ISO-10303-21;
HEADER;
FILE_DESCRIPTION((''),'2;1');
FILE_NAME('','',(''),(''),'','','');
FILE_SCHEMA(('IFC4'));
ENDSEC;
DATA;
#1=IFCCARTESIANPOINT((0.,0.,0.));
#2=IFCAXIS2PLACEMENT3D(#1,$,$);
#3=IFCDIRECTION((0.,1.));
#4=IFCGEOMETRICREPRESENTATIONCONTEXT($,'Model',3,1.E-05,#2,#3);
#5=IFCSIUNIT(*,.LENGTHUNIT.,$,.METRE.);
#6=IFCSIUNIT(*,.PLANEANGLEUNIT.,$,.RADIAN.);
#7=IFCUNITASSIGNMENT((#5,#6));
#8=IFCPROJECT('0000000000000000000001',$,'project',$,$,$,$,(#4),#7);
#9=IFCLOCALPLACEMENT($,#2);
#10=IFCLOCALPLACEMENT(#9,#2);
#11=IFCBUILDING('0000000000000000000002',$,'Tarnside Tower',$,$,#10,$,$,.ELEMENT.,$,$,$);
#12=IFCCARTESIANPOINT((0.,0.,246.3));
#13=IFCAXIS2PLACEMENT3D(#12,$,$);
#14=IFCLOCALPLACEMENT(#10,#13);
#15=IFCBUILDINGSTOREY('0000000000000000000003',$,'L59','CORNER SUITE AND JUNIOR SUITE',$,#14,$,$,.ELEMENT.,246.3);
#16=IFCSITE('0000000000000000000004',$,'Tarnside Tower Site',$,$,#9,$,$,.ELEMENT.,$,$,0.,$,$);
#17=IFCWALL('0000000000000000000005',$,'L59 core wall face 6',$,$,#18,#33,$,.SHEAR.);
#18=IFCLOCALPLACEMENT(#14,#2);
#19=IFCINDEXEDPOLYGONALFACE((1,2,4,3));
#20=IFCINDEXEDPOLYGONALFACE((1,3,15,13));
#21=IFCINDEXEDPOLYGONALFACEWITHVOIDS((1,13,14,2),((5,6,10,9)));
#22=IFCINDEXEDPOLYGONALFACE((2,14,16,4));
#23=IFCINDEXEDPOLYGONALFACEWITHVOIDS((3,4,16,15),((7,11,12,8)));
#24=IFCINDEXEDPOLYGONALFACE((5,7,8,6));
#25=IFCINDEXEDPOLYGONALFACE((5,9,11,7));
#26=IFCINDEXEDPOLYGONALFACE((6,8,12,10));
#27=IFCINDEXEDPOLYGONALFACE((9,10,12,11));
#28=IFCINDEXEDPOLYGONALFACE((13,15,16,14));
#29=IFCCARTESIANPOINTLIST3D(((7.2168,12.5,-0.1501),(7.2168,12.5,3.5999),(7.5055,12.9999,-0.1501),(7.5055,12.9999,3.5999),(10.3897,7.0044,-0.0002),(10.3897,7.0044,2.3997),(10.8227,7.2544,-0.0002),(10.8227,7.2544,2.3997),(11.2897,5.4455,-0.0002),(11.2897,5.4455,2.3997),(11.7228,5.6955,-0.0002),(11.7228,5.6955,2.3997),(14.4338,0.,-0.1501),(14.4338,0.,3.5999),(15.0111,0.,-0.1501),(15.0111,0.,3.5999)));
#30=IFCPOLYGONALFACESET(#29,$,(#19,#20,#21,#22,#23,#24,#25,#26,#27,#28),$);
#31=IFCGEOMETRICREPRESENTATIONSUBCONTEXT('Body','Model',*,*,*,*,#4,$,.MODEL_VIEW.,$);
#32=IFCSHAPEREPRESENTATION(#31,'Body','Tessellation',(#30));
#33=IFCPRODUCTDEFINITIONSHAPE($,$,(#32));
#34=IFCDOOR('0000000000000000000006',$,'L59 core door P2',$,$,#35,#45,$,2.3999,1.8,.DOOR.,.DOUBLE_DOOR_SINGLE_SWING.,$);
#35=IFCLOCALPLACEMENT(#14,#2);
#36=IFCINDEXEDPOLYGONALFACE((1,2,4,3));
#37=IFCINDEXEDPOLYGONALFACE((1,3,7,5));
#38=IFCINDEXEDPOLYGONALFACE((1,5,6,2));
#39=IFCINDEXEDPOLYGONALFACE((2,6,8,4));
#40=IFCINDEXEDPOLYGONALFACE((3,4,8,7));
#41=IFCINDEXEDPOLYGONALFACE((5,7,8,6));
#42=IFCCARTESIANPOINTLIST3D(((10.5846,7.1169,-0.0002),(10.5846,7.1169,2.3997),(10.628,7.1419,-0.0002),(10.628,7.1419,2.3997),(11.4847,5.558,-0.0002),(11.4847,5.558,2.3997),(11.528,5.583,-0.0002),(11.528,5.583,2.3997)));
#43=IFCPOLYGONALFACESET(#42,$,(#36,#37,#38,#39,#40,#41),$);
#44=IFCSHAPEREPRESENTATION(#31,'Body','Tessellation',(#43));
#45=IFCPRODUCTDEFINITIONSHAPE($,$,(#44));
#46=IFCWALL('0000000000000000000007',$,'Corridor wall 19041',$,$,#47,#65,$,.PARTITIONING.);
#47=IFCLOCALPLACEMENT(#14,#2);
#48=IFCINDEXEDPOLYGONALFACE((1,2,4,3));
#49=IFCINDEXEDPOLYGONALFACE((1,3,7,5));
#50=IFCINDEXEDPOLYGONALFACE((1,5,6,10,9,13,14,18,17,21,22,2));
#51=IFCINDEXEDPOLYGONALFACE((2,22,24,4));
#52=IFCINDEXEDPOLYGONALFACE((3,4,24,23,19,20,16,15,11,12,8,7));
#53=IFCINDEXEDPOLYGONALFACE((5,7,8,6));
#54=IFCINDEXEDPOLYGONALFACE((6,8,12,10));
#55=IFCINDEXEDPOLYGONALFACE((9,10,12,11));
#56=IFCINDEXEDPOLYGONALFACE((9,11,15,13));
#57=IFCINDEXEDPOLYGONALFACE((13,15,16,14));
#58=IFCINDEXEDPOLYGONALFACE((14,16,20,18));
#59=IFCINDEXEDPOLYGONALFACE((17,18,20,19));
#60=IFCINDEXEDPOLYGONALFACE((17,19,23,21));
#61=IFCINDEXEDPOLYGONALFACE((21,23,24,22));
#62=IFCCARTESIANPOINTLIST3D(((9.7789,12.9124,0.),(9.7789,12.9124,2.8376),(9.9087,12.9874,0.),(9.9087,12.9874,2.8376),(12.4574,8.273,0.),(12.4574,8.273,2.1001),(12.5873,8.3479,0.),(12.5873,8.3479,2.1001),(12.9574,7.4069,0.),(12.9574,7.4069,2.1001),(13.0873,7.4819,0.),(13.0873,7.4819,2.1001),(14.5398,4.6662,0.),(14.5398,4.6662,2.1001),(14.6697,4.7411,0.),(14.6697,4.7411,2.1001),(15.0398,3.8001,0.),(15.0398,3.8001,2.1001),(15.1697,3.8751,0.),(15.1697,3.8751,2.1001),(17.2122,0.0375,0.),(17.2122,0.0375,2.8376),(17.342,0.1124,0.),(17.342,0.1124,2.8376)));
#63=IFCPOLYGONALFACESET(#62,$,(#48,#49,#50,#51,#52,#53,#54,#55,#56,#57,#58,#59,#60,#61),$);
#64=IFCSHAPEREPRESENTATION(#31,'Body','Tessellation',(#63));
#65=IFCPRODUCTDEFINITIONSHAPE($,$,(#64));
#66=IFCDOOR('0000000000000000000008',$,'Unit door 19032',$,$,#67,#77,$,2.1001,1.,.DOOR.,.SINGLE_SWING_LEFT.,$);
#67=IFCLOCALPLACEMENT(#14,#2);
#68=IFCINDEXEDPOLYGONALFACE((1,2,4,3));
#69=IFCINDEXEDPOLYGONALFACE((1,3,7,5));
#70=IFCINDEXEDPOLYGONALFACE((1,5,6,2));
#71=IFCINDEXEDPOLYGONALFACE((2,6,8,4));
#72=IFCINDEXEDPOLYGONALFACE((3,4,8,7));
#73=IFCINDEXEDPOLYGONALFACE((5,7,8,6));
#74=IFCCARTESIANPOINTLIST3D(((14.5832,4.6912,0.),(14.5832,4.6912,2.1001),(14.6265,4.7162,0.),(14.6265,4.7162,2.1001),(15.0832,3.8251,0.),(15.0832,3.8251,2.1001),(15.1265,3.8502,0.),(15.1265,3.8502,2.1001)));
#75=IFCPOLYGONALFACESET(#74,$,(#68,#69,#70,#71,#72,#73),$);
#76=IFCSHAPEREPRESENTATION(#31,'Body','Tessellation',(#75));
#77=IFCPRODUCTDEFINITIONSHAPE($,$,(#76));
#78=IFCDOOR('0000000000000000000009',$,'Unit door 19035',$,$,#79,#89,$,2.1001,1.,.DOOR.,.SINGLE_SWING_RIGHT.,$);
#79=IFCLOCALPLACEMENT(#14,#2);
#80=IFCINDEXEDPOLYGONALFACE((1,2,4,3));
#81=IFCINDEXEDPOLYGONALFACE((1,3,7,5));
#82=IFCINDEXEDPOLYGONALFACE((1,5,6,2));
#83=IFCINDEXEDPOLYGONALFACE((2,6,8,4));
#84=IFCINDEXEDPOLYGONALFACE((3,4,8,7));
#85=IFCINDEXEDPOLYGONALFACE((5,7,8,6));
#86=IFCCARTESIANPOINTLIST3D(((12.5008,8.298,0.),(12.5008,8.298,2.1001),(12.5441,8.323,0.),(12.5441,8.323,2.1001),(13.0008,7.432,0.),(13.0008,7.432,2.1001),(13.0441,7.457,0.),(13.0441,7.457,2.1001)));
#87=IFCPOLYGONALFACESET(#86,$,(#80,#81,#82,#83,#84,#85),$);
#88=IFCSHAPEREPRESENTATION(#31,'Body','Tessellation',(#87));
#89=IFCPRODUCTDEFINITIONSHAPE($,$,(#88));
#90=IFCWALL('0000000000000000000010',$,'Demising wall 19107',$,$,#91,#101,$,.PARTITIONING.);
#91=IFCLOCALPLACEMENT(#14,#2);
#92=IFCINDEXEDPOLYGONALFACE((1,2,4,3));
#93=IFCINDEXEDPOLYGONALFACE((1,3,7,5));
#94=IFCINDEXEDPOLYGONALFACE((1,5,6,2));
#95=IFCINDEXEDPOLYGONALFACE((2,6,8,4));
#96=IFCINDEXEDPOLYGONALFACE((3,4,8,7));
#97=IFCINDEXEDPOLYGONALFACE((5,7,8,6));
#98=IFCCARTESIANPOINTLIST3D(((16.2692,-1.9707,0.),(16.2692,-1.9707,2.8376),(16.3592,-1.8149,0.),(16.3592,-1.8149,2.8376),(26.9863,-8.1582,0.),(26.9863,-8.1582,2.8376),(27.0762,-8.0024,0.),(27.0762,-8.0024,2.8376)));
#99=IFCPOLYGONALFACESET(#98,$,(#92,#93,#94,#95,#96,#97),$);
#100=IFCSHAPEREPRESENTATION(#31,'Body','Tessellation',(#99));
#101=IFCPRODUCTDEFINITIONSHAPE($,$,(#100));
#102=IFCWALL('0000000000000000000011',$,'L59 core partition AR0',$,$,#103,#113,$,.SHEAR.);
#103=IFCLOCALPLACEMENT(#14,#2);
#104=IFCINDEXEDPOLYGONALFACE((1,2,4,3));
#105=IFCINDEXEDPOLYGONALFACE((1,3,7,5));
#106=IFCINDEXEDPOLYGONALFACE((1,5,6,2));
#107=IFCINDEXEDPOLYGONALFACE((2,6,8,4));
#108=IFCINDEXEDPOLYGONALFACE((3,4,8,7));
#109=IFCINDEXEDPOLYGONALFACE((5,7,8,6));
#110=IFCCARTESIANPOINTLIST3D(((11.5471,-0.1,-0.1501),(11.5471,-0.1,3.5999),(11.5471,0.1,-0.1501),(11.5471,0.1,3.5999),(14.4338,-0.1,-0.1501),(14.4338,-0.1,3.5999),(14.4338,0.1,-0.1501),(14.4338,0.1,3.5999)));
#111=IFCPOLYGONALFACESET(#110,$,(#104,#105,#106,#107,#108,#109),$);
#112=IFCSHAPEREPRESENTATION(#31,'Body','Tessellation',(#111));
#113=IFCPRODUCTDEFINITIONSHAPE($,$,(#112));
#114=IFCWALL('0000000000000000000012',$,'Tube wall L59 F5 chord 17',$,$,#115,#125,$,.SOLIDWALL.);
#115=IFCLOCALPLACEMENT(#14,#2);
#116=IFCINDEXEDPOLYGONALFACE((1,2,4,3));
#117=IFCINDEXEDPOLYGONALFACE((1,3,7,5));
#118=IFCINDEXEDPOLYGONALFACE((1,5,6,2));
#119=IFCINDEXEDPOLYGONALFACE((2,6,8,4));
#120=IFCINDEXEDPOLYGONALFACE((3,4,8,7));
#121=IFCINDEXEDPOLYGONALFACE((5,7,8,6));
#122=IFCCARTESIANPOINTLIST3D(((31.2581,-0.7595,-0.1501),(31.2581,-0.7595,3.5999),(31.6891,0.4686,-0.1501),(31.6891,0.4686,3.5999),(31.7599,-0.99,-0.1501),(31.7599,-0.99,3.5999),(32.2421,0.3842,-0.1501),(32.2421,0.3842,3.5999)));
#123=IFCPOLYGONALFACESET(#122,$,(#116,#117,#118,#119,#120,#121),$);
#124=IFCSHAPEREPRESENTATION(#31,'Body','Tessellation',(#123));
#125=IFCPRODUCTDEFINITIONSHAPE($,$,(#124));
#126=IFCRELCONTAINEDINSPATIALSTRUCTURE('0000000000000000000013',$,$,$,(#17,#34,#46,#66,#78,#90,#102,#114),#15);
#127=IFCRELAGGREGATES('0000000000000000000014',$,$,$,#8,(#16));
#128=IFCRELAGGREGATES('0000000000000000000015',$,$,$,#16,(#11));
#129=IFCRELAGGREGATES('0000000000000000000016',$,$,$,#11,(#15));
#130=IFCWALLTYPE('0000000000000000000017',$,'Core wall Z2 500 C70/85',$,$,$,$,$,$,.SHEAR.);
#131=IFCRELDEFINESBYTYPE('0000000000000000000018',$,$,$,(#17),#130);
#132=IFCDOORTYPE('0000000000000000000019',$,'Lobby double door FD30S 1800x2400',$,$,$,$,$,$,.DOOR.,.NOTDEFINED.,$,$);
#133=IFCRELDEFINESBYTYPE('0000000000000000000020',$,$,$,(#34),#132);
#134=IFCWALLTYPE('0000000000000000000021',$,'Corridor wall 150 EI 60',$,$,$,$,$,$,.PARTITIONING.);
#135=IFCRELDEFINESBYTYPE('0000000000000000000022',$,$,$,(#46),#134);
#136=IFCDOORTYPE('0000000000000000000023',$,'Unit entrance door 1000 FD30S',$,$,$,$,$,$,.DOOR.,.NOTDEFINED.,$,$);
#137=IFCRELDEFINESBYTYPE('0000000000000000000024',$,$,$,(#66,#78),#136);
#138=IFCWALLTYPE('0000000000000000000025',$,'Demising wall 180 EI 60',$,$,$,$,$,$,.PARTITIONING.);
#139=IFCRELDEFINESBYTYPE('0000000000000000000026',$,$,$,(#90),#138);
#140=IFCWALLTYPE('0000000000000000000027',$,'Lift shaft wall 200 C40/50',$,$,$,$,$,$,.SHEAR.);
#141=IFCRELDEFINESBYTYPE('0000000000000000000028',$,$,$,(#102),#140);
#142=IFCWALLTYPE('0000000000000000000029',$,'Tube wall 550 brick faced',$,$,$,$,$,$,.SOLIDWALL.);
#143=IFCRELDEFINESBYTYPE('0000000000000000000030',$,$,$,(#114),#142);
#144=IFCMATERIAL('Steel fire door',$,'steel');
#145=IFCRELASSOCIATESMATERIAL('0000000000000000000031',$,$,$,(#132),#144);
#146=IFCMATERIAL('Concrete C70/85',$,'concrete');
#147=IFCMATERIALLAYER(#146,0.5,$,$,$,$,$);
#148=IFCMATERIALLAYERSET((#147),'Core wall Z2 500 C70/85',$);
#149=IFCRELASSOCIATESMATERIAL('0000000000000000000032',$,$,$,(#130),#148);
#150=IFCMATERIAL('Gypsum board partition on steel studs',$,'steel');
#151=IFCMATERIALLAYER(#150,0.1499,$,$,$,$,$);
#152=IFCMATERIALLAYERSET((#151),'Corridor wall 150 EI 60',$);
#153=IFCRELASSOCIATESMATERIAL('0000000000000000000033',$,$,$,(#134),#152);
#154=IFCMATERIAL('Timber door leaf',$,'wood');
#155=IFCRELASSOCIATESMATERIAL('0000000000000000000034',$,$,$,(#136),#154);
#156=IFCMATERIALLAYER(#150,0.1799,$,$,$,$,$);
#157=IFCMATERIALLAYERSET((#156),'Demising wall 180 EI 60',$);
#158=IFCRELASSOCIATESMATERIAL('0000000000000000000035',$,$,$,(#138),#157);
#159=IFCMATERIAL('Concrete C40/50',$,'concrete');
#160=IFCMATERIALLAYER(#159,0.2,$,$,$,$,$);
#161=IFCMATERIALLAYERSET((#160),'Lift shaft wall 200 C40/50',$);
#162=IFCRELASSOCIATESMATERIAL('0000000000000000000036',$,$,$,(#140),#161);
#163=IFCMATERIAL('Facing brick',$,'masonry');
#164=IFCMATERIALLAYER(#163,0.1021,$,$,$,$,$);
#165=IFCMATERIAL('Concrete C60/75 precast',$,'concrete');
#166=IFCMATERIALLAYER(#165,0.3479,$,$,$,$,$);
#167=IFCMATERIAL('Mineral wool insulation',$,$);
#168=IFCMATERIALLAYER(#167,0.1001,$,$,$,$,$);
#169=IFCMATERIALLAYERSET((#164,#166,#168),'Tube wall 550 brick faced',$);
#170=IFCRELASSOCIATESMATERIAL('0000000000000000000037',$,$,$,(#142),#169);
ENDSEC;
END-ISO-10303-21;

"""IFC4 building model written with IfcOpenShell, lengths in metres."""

from ifc_helpers import new_model, si_unit, direction, frame, frame_2d, origin, place, context, subcontext, project, spatial, polyline, rectangle, outline, extrude, material, layer, layer_set, type_object, element, fill, save


model = new_model("IFC4")

# Units and contexts
model_context = context("Model", 3, precision=1e-05, world=origin(), true_north=direction((0.0, 1.0)))
body_context = subcontext(model_context, "Body", "Model", "MODEL_VIEW")
ifc_project = project(units=[si_unit("LENGTHUNIT", "METRE"), si_unit("PLANEANGLEUNIT", "RADIAN")], contexts=[model_context])

# Site, building, storey
site_placement = place(None, origin())
site = spatial("IfcSite", under=ifc_project, at=site_placement, Name="Tarnside Tower Site", CompositionType="ELEMENT", RefElevation=0.0)
building_placement = place(site_placement, origin())
building = spatial("IfcBuilding", under=site, at=building_placement, Name="Tarnside Tower", CompositionType="ELEMENT")
storey_placement = place(building_placement, frame((0.0, 0.0, 246.3)))
storey = spatial("IfcBuildingStorey", under=building, at=storey_placement, Name="L59", Description="CORNER SUITE AND JUNIOR SUITE", CompositionType="ELEMENT", Elevation=246.3)

# Shared definitions
ifc_material_1 = material(Name="Gypsum board partition on steel studs", Category="steel")
ifc_material_2 = material(Name="Timber door leaf", Category="wood")

# Wall, opening, door
ifc_material_3 = material(Name="Steel fire door", Category="steel")
door_type_1 = type_object("IfcDoorType", Name="Lobby double door FD30S 1800x2400", OperationType="NOTDEFINED", PredefinedType="DOOR", material=ifc_material_3)
ifc_material_4 = material(Name="Concrete C70/85", Category="concrete")
ifc_layer_1 = layer(ifc_material_4, 0.5)
ifc_layer_set_1 = layer_set([ifc_layer_1], Name="Core wall Z2 500 C70/85")
wall_type_1 = type_object("IfcWallType", Name="Core wall Z2 500 C70/85", PredefinedType="SHEAR", material=ifc_layer_set_1)
wall_1_placement = place(storey_placement, frame((14.7224, 0.0, -0.1501), z_axis=(0.0, 0.0, 1.0), x_axis=(-0.500006, 0.866022, 0.0)))
wall_1 = element("IfcWall", 1, at=wall_1_placement, inside=storey, type_object=wall_type_1, Name="L59 core wall face 6", PredefinedType="SHEAR", context=body_context, shape_type="SweptSolid", body=[
    extrude(outline(polyline([(-0.1443, -0.25), (14.8667, -0.25), (14.5781, 0.25), (0.1443, 0.25), (-0.1443, -0.25)])), origin(), (0.0, 0.0, 1.0), 3.75),
])
opening_1_placement = place(wall_1_placement, frame((6.4324, 0.0, 0.1499)))
opening_1 = element("IfcOpeningElement", 2, at=opening_1_placement, cuts=wall_1, PredefinedType="OPENING", context=body_context, shape_type="SweptSolid", body=[
    extrude(rectangle(XDim=1.8, YDim=2.3999, at=frame_2d((0.8999, 1.2))), frame((0.0, 0.26, 0.0), z_axis=(0.0, -1.0, 0.0), x_axis=(1.0, 0.0, 0.0)), (0.0, 0.0, 1.0), 0.52),
])
door_1_placement = place(opening_1_placement, origin())
door_1 = element("IfcDoor", 3, at=door_1_placement, inside=storey, type_object=door_type_1, Name="L59 core door P2", OperationType="DOUBLE_DOOR_SINGLE_SWING", OverallHeight=2.3999, OverallWidth=1.8, PredefinedType="DOOR", context=body_context, shape_type="SweptSolid", body=[
    extrude(rectangle(XDim=1.8, YDim=2.3999, at=frame_2d((0.8999, 1.2))), frame((0.0, 0.0249, 0.0), z_axis=(0.0, -1.0, 0.0), x_axis=(1.0, 0.0, 0.0)), (0.0, 0.0, 1.0), 0.05),
])
fill(opening_1, door_1)

# Wall, openings, doors
ifc_layer_2 = layer(ifc_material_1, 0.1499)
ifc_layer_set_2 = layer_set([ifc_layer_2], Name="Corridor wall 150 EI 60")
wall_type_2 = type_object("IfcWallType", Name="Corridor wall 150 EI 60", PredefinedType="PARTITIONING", material=ifc_layer_set_2)
wall_2_placement = place(storey_placement, frame((17.2771, 0.075, 0.0), z_axis=(0.0, 0.0, 1.0), x_axis=(-0.499998, 0.866026, 0.0)))
wall_2 = element("IfcWall", 4, at=wall_2_placement, inside=storey, type_object=wall_type_2, Name="Corridor wall 19041", PredefinedType="PARTITIONING", context=body_context, shape_type="SweptSolid", body=[
    extrude(rectangle(XDim=14.8667, YDim=0.1499, at=frame_2d((7.4333, 0.0))), origin(), (0.0, 0.0, 1.0), 2.8376),
])
opening_2_placement = place(wall_2_placement, frame((4.3447, 0.0, 0.0)))
opening_2 = element("IfcOpeningElement", 5, at=opening_2_placement, cuts=wall_2, PredefinedType="OPENING", context=body_context, shape_type="SweptSolid", body=[
    extrude(rectangle(XDim=1.0, YDim=2.1001, at=frame_2d((0.5, 1.05))), frame((0.0, 0.085, 0.0), z_axis=(0.0, -1.0, 0.0), x_axis=(1.0, 0.0, 0.0)), (0.0, 0.0, 1.0), 0.1699),
])
opening_3_placement = place(wall_2_placement, frame((8.5095, 0.0, 0.0)))
opening_3 = element("IfcOpeningElement", 6, at=opening_3_placement, cuts=wall_2, PredefinedType="OPENING", context=body_context, shape_type="SweptSolid", body=[
    extrude(rectangle(XDim=1.0, YDim=2.1001, at=frame_2d((0.5, 1.05))), frame((0.0, 0.085, 0.0), z_axis=(0.0, -1.0, 0.0), x_axis=(1.0, 0.0, 0.0)), (0.0, 0.0, 1.0), 0.1699),
])
door_type_2 = type_object("IfcDoorType", Name="Unit entrance door 1000 FD30S", OperationType="NOTDEFINED", PredefinedType="DOOR", material=ifc_material_2)
door_2_placement = place(opening_2_placement, origin())
door_2 = element("IfcDoor", 7, at=door_2_placement, inside=storey, type_object=door_type_2, Name="Unit door 19032", OperationType="SINGLE_SWING_LEFT", OverallHeight=2.1001, OverallWidth=1.0, PredefinedType="DOOR", context=body_context, shape_type="SweptSolid", body=[
    extrude(rectangle(XDim=1.0, YDim=2.1001, at=frame_2d((0.5, 1.05))), frame((0.0, 0.0249, 0.0), z_axis=(0.0, -1.0, 0.0), x_axis=(1.0, 0.0, 0.0)), (0.0, 0.0, 1.0), 0.05),
])
fill(opening_2, door_2)
door_3_placement = place(opening_3_placement, origin())
door_3 = element("IfcDoor", 8, at=door_3_placement, inside=storey, type_object=door_type_2, Name="Unit door 19035", OperationType="SINGLE_SWING_RIGHT", OverallHeight=2.1001, OverallWidth=1.0, PredefinedType="DOOR", context=body_context, shape_type="SweptSolid", body=[
    extrude(rectangle(XDim=1.0, YDim=2.1001, at=frame_2d((0.5, 1.05))), frame((0.0, 0.0249, 0.0), z_axis=(0.0, -1.0, 0.0), x_axis=(1.0, 0.0, 0.0)), (0.0, 0.0, 1.0), 0.05),
])
fill(opening_3, door_3)

# Walls
ifc_layer_3 = layer(ifc_material_1, 0.1799)
ifc_layer_set_3 = layer_set([ifc_layer_3], Name="Demising wall 180 EI 60")
wall_type_3 = type_object("IfcWallType", Name="Demising wall 180 EI 60", PredefinedType="PARTITIONING", material=ifc_layer_set_3)
wall_3_placement = place(storey_placement, frame((27.0312, -8.0803, 0.0), z_axis=(0.0, 0.0, 1.0), x_axis=(-0.866025, 0.500001, 0.0)))
element("IfcWall", 9, at=wall_3_placement, inside=storey, type_object=wall_type_3, Name="Demising wall 19107", PredefinedType="PARTITIONING", context=body_context, shape_type="SweptSolid", body=[
    extrude(rectangle(XDim=12.375, YDim=0.1799, at=frame_2d((6.1875, 0.0))), origin(), (0.0, 0.0, 1.0), 2.8376),
])
ifc_material_5 = material(Name="Concrete C40/50", Category="concrete")
ifc_layer_4 = layer(ifc_material_5, 0.2)
ifc_layer_set_4 = layer_set([ifc_layer_4], Name="Lift shaft wall 200 C40/50")
wall_type_4 = type_object("IfcWallType", Name="Lift shaft wall 200 C40/50", PredefinedType="SHEAR", material=ifc_layer_set_4)
wall_4_placement = place(storey_placement, frame((11.5471, 0.0, -0.1501), z_axis=(0.0, 0.0, 1.0), x_axis=(1.0, 0.0, 0.0)))
element("IfcWall", 10, at=wall_4_placement, inside=storey, type_object=wall_type_4, Name="L59 core partition AR0", PredefinedType="SHEAR", context=body_context, shape_type="SweptSolid", body=[
    extrude(rectangle(XDim=2.8867, YDim=0.2, at=frame_2d((1.4434, 0.0))), origin(), (0.0, 0.0, 1.0), 3.75),
])
ifc_material_6 = material(Name="Facing brick", Category="masonry")
ifc_layer_5 = layer(ifc_material_6, 0.1021)
ifc_material_7 = material(Name="Concrete C60/75 precast", Category="concrete")
ifc_layer_6 = layer(ifc_material_7, 0.3479)
ifc_material_8 = material(Name="Mineral wool insulation")
ifc_layer_7 = layer(ifc_material_8, 0.1001)
ifc_layer_set_5 = layer_set([ifc_layer_5, ifc_layer_6, ifc_layer_7], Name="Tube wall 550 brick faced")
wall_type_5 = type_object("IfcWallType", Name="Tube wall 550 brick faced", PredefinedType="SOLIDWALL", material=ifc_layer_set_5)
wall_5_placement = place(storey_placement, frame((31.509, -0.8748, -0.1501), z_axis=(0.0, 0.0, 1.0), x_axis=(0.331115, 0.94359, 0.0)))
element("IfcWall", 11, at=wall_5_placement, inside=storey, type_object=wall_type_5, Name="Tube wall L59 F5 chord 17", PredefinedType="SOLIDWALL", context=body_context, shape_type="SweptSolid", body=[
    extrude(outline(polyline([(-0.0256, -0.2749), (1.4307, -0.2749), (1.3271, 0.2749), (0.0256, 0.2749), (-0.0256, -0.2749)])), origin(), (0.0, 0.0, 1.0), 3.75),
])

save(model, "model.ifc")
